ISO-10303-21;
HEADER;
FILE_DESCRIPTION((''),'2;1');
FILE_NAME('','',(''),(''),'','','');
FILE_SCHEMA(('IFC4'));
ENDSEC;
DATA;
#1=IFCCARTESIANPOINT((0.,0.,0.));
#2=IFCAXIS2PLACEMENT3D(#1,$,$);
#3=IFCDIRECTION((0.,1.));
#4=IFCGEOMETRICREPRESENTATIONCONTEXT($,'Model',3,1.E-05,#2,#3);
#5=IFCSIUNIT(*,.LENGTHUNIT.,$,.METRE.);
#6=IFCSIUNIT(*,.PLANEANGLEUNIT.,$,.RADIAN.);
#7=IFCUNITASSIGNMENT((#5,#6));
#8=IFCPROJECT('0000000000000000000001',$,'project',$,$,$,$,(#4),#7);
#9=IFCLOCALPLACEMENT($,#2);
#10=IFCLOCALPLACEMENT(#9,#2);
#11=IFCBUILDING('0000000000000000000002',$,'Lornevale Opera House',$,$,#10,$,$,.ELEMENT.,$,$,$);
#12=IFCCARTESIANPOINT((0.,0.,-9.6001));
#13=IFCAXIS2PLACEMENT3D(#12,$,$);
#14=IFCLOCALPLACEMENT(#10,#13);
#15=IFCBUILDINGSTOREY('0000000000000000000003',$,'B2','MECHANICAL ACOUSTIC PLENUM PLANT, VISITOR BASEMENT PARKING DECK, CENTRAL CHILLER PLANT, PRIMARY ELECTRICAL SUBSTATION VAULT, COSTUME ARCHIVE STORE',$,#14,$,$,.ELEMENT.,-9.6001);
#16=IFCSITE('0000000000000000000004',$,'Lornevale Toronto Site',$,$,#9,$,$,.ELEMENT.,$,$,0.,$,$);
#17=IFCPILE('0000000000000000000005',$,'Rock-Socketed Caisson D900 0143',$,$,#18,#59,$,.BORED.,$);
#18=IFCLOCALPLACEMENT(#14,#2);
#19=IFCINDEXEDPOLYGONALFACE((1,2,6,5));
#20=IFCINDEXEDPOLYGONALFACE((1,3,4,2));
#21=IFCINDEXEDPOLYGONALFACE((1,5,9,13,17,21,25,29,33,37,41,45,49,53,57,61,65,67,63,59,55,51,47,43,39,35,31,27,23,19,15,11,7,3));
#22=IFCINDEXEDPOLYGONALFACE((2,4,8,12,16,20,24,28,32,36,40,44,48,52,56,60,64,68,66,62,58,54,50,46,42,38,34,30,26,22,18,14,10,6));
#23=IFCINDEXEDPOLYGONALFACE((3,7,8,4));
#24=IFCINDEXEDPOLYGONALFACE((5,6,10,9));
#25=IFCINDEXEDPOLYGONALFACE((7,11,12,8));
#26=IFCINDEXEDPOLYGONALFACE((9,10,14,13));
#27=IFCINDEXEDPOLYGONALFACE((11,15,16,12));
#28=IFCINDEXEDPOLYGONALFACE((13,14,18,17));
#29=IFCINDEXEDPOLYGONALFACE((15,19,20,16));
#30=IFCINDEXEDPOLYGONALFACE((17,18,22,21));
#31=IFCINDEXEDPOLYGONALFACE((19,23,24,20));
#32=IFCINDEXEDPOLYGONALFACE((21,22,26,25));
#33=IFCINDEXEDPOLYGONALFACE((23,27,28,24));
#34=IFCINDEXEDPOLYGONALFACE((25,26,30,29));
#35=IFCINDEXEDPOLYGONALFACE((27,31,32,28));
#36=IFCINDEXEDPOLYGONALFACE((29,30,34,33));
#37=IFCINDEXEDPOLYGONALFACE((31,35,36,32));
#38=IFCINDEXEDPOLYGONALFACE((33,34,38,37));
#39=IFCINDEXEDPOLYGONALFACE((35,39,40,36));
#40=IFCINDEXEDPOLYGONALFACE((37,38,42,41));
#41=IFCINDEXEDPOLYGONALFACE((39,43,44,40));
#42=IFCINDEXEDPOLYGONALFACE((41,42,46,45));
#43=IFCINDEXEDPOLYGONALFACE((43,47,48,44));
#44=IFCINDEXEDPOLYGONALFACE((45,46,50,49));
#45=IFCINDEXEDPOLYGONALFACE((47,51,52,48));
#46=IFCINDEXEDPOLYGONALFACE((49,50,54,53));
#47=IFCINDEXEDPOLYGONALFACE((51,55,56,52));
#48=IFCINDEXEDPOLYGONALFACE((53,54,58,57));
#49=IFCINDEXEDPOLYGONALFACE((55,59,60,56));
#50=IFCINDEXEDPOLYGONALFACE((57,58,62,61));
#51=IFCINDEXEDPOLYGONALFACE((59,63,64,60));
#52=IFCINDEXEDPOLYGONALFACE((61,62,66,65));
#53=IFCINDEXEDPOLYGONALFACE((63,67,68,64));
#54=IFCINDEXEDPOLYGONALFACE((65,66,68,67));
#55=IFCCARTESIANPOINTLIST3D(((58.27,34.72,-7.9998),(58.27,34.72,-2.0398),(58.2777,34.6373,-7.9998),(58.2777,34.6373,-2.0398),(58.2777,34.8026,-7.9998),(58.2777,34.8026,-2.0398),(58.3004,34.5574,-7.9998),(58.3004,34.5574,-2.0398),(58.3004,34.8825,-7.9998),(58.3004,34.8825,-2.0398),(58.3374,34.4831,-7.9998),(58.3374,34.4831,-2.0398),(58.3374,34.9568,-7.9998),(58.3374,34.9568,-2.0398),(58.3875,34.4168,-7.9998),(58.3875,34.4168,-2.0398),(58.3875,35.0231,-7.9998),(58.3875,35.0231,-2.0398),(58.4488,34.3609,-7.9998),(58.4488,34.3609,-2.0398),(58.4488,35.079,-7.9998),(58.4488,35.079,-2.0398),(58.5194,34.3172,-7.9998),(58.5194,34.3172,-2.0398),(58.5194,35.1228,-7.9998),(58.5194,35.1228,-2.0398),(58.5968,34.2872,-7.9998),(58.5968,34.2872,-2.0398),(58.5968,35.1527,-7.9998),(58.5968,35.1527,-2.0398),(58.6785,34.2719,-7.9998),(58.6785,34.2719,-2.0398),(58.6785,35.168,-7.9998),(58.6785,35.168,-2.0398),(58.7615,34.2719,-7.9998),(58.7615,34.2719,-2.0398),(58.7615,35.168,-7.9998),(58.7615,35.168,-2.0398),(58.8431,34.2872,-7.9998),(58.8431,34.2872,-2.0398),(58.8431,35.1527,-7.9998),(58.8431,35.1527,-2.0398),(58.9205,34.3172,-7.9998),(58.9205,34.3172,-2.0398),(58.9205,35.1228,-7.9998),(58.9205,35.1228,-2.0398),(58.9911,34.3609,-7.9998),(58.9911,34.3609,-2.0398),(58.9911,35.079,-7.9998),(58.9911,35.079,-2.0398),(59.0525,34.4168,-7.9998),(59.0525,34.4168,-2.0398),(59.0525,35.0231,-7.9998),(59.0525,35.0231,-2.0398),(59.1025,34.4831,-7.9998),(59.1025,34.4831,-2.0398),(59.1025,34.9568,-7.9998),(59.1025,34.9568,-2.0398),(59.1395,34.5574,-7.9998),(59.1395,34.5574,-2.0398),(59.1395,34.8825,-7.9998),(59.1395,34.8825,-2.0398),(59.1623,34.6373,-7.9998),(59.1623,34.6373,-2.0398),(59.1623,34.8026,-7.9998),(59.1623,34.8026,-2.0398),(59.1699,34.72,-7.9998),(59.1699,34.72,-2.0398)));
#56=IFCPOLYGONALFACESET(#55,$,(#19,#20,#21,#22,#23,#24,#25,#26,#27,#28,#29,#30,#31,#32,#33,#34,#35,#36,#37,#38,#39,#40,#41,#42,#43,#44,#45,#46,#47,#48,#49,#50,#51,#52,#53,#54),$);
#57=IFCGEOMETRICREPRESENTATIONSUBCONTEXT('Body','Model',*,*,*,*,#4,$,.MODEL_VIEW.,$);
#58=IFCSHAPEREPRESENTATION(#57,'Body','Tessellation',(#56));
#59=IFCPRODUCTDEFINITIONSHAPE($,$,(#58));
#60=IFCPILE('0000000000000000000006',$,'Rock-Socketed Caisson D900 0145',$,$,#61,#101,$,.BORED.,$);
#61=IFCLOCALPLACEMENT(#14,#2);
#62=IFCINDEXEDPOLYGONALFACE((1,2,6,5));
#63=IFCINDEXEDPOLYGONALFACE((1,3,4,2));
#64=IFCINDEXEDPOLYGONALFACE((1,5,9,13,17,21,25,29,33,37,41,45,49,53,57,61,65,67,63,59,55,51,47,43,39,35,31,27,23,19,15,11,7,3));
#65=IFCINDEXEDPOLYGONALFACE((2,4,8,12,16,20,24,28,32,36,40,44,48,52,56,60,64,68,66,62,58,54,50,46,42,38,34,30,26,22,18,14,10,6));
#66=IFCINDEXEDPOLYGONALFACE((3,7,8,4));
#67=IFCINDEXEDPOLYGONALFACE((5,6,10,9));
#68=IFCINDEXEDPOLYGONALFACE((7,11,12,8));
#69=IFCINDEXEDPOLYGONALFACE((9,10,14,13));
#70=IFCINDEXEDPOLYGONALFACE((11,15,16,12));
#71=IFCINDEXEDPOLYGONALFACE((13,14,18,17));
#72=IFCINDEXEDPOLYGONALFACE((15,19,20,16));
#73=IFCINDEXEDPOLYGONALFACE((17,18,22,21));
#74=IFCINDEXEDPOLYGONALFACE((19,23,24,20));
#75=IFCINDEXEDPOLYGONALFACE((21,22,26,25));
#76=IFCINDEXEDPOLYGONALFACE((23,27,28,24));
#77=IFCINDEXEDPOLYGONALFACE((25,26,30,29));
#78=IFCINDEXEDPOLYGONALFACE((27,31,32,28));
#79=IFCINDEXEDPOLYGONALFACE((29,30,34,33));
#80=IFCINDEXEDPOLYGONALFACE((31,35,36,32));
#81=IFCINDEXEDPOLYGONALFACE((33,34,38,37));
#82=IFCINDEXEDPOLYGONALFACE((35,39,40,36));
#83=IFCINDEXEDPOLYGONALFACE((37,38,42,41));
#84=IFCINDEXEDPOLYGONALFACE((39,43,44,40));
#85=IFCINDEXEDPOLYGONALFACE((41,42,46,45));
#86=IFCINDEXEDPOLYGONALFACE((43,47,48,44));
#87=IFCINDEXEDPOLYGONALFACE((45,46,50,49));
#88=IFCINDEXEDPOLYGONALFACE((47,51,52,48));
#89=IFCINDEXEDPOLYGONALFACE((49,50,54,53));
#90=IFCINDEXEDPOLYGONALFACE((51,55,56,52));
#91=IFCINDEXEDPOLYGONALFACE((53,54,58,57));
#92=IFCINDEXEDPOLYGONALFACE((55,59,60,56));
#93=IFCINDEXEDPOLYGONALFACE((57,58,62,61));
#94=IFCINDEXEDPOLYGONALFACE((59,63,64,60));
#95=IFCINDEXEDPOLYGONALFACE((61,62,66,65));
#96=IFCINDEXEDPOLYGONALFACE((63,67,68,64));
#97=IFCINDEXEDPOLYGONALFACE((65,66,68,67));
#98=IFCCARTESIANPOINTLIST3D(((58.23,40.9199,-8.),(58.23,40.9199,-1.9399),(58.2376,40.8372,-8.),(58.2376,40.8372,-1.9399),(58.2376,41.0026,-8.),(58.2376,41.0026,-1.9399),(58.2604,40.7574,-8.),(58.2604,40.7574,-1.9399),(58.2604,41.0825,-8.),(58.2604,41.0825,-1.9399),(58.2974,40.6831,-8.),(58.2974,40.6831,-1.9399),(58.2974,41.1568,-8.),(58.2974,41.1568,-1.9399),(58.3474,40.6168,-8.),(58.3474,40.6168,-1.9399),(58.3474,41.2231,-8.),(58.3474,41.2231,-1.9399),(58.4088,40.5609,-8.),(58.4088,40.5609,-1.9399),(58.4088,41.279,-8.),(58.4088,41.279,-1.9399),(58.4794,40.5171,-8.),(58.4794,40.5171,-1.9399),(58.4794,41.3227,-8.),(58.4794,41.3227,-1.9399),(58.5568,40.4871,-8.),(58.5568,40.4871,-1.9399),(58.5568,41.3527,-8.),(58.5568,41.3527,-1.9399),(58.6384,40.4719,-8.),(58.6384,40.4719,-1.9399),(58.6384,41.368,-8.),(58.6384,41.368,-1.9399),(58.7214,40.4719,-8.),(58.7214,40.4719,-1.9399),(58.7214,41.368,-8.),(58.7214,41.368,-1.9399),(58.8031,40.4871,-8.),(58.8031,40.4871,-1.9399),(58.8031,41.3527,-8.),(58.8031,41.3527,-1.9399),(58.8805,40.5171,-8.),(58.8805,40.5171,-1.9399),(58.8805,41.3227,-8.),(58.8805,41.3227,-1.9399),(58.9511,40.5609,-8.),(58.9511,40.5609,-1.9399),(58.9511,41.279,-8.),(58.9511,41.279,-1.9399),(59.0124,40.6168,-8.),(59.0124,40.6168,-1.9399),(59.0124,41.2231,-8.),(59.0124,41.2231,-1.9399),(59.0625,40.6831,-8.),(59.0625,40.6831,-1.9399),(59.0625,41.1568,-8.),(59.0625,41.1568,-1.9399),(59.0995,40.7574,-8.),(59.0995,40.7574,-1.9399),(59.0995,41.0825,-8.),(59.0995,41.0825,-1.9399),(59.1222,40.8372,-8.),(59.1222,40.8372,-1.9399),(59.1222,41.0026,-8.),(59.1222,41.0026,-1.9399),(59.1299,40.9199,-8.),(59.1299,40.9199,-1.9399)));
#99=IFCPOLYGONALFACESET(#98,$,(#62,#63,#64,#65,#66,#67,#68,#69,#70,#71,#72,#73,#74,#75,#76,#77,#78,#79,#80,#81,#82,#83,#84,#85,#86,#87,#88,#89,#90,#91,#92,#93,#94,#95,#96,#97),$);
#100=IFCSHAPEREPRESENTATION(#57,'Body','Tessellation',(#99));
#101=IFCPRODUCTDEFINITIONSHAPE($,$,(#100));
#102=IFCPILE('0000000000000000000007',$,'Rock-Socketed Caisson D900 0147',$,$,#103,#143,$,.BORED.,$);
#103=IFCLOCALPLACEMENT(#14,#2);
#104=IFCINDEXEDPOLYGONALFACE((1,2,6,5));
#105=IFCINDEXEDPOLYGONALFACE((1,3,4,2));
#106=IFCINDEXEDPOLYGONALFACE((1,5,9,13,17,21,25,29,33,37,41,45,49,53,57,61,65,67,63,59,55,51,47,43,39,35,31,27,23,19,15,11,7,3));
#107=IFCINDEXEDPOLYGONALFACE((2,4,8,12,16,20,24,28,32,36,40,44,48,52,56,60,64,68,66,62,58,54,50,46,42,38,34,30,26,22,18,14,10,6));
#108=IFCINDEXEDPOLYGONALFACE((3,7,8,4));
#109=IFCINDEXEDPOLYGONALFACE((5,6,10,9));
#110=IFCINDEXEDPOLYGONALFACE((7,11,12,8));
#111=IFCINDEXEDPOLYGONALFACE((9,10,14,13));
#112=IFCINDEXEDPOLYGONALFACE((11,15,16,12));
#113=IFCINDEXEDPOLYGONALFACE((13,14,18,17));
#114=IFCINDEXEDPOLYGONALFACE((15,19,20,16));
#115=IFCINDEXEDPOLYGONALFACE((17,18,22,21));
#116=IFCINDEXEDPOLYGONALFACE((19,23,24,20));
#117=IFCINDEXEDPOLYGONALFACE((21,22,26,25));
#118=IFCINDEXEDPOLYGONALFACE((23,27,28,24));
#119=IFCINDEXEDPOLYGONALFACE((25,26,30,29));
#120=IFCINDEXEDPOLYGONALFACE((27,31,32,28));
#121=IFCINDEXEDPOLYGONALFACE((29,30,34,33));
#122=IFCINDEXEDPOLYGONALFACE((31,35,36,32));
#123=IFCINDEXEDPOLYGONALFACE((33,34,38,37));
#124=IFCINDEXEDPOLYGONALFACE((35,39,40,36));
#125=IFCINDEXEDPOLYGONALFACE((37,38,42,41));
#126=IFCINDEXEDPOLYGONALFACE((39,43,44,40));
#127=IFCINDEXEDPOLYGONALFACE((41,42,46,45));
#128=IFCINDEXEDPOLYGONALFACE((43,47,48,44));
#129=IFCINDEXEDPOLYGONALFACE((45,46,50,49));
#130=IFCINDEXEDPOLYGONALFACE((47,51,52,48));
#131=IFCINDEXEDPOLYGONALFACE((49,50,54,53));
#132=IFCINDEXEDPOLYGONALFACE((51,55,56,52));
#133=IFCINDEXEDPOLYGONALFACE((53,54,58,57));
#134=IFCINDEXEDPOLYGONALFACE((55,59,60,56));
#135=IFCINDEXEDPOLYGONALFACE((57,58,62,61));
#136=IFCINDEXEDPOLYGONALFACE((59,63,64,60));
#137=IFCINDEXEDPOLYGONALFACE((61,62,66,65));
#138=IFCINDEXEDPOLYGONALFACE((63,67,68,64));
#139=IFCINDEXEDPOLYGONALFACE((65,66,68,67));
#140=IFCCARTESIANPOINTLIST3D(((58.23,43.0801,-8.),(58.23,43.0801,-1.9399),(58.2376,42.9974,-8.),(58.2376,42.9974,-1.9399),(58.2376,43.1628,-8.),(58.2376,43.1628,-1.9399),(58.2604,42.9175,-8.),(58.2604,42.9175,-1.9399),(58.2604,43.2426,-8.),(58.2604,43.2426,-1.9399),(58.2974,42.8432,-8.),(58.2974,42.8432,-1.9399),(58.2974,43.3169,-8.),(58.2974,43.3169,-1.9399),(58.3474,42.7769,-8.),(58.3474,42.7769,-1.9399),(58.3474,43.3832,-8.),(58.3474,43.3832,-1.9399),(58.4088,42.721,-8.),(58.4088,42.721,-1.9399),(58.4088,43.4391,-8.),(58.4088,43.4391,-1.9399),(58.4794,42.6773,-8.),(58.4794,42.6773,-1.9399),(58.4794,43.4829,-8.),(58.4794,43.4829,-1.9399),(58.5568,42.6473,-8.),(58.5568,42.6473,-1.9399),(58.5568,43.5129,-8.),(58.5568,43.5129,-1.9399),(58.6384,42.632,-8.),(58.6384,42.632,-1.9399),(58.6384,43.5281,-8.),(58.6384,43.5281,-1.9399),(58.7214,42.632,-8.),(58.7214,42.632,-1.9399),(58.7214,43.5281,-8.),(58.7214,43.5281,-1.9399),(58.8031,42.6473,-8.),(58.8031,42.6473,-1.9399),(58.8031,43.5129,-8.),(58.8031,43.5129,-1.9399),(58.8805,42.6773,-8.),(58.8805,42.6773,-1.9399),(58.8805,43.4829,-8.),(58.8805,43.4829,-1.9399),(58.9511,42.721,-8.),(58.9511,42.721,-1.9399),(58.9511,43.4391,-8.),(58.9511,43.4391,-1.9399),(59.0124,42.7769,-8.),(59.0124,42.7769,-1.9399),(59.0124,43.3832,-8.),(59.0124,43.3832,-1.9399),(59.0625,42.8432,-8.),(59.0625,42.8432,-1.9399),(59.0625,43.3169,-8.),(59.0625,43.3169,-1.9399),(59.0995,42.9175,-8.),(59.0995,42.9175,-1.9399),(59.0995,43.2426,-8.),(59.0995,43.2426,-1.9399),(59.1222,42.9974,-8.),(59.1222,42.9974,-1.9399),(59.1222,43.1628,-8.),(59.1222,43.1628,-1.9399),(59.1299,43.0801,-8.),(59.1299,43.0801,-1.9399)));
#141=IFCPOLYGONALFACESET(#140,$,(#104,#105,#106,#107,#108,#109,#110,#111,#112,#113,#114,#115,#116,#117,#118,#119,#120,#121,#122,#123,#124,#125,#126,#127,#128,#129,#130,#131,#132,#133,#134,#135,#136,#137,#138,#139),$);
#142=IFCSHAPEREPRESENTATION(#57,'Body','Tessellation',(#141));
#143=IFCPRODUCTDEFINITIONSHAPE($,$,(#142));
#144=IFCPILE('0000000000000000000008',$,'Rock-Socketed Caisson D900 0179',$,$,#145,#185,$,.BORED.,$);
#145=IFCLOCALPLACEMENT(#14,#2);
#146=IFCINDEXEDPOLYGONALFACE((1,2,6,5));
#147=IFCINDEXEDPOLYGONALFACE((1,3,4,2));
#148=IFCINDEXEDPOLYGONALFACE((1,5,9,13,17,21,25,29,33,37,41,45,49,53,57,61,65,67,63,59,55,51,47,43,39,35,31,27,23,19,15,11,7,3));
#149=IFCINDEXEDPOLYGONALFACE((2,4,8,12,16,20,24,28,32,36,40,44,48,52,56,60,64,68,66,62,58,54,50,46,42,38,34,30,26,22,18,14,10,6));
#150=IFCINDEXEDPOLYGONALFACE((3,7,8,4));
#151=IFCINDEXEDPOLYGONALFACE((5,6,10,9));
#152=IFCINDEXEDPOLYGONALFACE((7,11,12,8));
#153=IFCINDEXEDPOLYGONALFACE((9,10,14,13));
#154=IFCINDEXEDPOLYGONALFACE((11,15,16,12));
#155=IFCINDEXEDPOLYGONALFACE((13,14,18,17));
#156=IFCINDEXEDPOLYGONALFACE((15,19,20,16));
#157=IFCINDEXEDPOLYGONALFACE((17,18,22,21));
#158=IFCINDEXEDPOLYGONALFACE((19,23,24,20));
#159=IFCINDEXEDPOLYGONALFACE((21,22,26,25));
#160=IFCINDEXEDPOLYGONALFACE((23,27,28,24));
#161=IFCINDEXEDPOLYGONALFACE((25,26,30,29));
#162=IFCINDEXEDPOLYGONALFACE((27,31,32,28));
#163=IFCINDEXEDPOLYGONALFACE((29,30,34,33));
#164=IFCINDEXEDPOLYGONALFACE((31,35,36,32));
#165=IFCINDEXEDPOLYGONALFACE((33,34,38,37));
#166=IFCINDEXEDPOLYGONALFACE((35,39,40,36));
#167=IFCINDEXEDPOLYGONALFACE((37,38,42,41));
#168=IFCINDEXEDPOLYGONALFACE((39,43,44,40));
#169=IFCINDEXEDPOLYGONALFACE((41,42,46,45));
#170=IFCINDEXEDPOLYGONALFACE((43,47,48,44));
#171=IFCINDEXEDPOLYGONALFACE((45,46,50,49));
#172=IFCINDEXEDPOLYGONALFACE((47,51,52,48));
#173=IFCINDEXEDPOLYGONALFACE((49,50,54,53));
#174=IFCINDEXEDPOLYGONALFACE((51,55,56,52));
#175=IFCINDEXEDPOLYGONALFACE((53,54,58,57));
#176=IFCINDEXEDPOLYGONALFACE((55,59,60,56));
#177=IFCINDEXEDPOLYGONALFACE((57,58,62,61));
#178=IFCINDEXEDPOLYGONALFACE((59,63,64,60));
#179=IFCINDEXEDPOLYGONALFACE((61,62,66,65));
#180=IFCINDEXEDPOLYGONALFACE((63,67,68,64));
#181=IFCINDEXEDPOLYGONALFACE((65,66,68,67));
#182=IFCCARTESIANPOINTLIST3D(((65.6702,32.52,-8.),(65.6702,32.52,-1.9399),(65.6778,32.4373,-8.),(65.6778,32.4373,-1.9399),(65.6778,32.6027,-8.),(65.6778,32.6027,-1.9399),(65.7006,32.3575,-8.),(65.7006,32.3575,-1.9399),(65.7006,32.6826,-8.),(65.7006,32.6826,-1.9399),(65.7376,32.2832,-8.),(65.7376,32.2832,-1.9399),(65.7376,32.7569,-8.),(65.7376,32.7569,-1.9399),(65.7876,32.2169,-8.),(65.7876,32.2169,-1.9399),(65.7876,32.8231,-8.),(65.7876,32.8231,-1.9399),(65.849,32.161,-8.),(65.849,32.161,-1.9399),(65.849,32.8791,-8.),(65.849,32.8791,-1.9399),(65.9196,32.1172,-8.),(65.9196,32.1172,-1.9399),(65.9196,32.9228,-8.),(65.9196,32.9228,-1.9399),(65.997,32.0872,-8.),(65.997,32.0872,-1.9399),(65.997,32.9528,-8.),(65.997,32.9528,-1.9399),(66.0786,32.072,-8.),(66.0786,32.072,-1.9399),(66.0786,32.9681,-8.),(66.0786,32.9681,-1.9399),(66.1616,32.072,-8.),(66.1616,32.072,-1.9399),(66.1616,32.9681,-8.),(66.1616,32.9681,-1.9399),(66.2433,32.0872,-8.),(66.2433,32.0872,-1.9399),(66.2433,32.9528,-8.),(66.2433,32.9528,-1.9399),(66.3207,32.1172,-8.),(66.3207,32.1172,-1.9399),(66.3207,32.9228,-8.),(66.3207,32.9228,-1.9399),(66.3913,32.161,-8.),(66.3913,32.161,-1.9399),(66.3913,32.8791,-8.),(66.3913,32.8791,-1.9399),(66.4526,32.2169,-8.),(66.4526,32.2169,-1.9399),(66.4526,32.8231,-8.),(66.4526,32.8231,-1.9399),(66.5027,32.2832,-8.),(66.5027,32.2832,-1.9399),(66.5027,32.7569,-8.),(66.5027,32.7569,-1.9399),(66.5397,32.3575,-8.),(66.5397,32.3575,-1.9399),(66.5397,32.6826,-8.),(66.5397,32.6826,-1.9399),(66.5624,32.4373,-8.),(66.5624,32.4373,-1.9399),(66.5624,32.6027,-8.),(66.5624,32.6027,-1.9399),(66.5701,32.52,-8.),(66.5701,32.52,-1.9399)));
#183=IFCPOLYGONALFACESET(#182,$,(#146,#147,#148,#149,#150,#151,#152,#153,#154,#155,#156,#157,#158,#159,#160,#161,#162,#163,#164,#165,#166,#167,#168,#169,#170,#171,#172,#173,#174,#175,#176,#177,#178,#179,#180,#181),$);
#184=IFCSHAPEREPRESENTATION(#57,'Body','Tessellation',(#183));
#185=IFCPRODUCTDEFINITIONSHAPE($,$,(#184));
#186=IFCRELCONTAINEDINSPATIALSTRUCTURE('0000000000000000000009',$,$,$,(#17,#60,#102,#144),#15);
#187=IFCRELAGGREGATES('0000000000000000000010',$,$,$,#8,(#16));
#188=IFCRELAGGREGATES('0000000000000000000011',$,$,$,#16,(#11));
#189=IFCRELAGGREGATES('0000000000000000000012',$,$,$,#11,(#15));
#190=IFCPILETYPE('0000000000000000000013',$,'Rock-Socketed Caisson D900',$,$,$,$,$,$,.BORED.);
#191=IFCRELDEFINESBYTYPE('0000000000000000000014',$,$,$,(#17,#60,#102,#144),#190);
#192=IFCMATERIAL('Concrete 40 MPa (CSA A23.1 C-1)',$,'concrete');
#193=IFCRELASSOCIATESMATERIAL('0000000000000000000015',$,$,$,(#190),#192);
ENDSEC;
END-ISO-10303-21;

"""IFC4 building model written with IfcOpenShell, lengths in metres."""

from ifc_helpers import new_model, si_unit, direction, frame, origin, origin_2d, place, context, subcontext, project, spatial, circle, extrude, material, material_profile, profile_set, type_object, element, save


model = new_model("IFC4")

# Units and contexts
model_context = context("Model", 3, precision=1e-05, world=origin(), true_north=direction((0.0, 1.0)))
body_context = subcontext(model_context, "Body", "Model", "MODEL_VIEW")
ifc_project = project(units=[si_unit("LENGTHUNIT", "METRE"), si_unit("PLANEANGLEUNIT", "RADIAN")], contexts=[model_context])

# Site, building, storey
site_placement = place(None, origin())
site = spatial("IfcSite", under=ifc_project, at=site_placement, Name="Lornevale Toronto Site", CompositionType="ELEMENT", RefElevation=0.0)
building_placement = place(site_placement, origin())
building = spatial("IfcBuilding", under=site, at=building_placement, Name="Lornevale Opera House", CompositionType="ELEMENT")
storey_placement = place(building_placement, frame((0.0, 0.0, -9.6001)))
storey = spatial("IfcBuildingStorey", under=building, at=storey_placement, Name="B2", Description="MECHANICAL ACOUSTIC PLENUM PLANT, VISITOR BASEMENT PARKING DECK, CENTRAL CHILLER PLANT, PRIMARY ELECTRICAL SUBSTATION VAULT, COSTUME ARCHIVE STORE", CompositionType="ELEMENT", Elevation=-9.6001)

# Piles
ifc_material_1 = material(Name="Concrete 40 MPa (CSA A23.1 C-1)", Category="concrete")
ifc_material_profile_1 = material_profile(ifc_material_1, circle(Radius=0.45, at=origin_2d()), Name="CAIS900")
ifc_profile_set_1 = profile_set([ifc_material_profile_1], Name="Concrete 40 MPa (CSA A23.1 C-1)")
pile_type_1 = type_object("IfcPileType", Name="Rock-Socketed Caisson D900", PredefinedType="BORED", material=ifc_profile_set_1)
for number, where, z_axis, x_axis, name in (
    (1, (58.72, 34.72, -2.0398), (0.0, 0.0, -1.0), (1.0, 0.0, 0.0), "Rock-Socketed Caisson D900 0143"),
):
    element("IfcPile", number, at=place(storey_placement, frame(where, z_axis=z_axis, x_axis=x_axis)), inside=storey, type_object=pile_type_1, Name=name, PredefinedType="BORED", context=body_context, shape_type="SweptSolid", body=[
        extrude(circle(Radius=0.45, at=origin_2d()), origin(), (0.0, 0.0, 1.0), 5.96),
    ])
for number, where, z_axis, x_axis, name in (
    (2, (58.6799, 40.9199, -1.9399), (0.0, 0.0, -1.0), (1.0, 0.0, 0.0), "Rock-Socketed Caisson D900 0145"),
    (3, (58.6799, 43.0801, -1.9399), (0.0, 0.0, -1.0), (1.0, 0.0, 0.0), "Rock-Socketed Caisson D900 0147"),
    (4, (66.1201, 32.52, -1.9399), (0.0, 0.0, -1.0), (1.0, 0.0, 0.0), "Rock-Socketed Caisson D900 0179"),
):
    element("IfcPile", number, at=place(storey_placement, frame(where, z_axis=z_axis, x_axis=x_axis)), inside=storey, type_object=pile_type_1, Name=name, PredefinedType="BORED", context=body_context, shape_type="SweptSolid", body=[
        extrude(circle(Radius=0.45, at=origin_2d()), origin(), (0.0, 0.0, 1.0), 6.0601),
    ])

save(model, "model.ifc")
